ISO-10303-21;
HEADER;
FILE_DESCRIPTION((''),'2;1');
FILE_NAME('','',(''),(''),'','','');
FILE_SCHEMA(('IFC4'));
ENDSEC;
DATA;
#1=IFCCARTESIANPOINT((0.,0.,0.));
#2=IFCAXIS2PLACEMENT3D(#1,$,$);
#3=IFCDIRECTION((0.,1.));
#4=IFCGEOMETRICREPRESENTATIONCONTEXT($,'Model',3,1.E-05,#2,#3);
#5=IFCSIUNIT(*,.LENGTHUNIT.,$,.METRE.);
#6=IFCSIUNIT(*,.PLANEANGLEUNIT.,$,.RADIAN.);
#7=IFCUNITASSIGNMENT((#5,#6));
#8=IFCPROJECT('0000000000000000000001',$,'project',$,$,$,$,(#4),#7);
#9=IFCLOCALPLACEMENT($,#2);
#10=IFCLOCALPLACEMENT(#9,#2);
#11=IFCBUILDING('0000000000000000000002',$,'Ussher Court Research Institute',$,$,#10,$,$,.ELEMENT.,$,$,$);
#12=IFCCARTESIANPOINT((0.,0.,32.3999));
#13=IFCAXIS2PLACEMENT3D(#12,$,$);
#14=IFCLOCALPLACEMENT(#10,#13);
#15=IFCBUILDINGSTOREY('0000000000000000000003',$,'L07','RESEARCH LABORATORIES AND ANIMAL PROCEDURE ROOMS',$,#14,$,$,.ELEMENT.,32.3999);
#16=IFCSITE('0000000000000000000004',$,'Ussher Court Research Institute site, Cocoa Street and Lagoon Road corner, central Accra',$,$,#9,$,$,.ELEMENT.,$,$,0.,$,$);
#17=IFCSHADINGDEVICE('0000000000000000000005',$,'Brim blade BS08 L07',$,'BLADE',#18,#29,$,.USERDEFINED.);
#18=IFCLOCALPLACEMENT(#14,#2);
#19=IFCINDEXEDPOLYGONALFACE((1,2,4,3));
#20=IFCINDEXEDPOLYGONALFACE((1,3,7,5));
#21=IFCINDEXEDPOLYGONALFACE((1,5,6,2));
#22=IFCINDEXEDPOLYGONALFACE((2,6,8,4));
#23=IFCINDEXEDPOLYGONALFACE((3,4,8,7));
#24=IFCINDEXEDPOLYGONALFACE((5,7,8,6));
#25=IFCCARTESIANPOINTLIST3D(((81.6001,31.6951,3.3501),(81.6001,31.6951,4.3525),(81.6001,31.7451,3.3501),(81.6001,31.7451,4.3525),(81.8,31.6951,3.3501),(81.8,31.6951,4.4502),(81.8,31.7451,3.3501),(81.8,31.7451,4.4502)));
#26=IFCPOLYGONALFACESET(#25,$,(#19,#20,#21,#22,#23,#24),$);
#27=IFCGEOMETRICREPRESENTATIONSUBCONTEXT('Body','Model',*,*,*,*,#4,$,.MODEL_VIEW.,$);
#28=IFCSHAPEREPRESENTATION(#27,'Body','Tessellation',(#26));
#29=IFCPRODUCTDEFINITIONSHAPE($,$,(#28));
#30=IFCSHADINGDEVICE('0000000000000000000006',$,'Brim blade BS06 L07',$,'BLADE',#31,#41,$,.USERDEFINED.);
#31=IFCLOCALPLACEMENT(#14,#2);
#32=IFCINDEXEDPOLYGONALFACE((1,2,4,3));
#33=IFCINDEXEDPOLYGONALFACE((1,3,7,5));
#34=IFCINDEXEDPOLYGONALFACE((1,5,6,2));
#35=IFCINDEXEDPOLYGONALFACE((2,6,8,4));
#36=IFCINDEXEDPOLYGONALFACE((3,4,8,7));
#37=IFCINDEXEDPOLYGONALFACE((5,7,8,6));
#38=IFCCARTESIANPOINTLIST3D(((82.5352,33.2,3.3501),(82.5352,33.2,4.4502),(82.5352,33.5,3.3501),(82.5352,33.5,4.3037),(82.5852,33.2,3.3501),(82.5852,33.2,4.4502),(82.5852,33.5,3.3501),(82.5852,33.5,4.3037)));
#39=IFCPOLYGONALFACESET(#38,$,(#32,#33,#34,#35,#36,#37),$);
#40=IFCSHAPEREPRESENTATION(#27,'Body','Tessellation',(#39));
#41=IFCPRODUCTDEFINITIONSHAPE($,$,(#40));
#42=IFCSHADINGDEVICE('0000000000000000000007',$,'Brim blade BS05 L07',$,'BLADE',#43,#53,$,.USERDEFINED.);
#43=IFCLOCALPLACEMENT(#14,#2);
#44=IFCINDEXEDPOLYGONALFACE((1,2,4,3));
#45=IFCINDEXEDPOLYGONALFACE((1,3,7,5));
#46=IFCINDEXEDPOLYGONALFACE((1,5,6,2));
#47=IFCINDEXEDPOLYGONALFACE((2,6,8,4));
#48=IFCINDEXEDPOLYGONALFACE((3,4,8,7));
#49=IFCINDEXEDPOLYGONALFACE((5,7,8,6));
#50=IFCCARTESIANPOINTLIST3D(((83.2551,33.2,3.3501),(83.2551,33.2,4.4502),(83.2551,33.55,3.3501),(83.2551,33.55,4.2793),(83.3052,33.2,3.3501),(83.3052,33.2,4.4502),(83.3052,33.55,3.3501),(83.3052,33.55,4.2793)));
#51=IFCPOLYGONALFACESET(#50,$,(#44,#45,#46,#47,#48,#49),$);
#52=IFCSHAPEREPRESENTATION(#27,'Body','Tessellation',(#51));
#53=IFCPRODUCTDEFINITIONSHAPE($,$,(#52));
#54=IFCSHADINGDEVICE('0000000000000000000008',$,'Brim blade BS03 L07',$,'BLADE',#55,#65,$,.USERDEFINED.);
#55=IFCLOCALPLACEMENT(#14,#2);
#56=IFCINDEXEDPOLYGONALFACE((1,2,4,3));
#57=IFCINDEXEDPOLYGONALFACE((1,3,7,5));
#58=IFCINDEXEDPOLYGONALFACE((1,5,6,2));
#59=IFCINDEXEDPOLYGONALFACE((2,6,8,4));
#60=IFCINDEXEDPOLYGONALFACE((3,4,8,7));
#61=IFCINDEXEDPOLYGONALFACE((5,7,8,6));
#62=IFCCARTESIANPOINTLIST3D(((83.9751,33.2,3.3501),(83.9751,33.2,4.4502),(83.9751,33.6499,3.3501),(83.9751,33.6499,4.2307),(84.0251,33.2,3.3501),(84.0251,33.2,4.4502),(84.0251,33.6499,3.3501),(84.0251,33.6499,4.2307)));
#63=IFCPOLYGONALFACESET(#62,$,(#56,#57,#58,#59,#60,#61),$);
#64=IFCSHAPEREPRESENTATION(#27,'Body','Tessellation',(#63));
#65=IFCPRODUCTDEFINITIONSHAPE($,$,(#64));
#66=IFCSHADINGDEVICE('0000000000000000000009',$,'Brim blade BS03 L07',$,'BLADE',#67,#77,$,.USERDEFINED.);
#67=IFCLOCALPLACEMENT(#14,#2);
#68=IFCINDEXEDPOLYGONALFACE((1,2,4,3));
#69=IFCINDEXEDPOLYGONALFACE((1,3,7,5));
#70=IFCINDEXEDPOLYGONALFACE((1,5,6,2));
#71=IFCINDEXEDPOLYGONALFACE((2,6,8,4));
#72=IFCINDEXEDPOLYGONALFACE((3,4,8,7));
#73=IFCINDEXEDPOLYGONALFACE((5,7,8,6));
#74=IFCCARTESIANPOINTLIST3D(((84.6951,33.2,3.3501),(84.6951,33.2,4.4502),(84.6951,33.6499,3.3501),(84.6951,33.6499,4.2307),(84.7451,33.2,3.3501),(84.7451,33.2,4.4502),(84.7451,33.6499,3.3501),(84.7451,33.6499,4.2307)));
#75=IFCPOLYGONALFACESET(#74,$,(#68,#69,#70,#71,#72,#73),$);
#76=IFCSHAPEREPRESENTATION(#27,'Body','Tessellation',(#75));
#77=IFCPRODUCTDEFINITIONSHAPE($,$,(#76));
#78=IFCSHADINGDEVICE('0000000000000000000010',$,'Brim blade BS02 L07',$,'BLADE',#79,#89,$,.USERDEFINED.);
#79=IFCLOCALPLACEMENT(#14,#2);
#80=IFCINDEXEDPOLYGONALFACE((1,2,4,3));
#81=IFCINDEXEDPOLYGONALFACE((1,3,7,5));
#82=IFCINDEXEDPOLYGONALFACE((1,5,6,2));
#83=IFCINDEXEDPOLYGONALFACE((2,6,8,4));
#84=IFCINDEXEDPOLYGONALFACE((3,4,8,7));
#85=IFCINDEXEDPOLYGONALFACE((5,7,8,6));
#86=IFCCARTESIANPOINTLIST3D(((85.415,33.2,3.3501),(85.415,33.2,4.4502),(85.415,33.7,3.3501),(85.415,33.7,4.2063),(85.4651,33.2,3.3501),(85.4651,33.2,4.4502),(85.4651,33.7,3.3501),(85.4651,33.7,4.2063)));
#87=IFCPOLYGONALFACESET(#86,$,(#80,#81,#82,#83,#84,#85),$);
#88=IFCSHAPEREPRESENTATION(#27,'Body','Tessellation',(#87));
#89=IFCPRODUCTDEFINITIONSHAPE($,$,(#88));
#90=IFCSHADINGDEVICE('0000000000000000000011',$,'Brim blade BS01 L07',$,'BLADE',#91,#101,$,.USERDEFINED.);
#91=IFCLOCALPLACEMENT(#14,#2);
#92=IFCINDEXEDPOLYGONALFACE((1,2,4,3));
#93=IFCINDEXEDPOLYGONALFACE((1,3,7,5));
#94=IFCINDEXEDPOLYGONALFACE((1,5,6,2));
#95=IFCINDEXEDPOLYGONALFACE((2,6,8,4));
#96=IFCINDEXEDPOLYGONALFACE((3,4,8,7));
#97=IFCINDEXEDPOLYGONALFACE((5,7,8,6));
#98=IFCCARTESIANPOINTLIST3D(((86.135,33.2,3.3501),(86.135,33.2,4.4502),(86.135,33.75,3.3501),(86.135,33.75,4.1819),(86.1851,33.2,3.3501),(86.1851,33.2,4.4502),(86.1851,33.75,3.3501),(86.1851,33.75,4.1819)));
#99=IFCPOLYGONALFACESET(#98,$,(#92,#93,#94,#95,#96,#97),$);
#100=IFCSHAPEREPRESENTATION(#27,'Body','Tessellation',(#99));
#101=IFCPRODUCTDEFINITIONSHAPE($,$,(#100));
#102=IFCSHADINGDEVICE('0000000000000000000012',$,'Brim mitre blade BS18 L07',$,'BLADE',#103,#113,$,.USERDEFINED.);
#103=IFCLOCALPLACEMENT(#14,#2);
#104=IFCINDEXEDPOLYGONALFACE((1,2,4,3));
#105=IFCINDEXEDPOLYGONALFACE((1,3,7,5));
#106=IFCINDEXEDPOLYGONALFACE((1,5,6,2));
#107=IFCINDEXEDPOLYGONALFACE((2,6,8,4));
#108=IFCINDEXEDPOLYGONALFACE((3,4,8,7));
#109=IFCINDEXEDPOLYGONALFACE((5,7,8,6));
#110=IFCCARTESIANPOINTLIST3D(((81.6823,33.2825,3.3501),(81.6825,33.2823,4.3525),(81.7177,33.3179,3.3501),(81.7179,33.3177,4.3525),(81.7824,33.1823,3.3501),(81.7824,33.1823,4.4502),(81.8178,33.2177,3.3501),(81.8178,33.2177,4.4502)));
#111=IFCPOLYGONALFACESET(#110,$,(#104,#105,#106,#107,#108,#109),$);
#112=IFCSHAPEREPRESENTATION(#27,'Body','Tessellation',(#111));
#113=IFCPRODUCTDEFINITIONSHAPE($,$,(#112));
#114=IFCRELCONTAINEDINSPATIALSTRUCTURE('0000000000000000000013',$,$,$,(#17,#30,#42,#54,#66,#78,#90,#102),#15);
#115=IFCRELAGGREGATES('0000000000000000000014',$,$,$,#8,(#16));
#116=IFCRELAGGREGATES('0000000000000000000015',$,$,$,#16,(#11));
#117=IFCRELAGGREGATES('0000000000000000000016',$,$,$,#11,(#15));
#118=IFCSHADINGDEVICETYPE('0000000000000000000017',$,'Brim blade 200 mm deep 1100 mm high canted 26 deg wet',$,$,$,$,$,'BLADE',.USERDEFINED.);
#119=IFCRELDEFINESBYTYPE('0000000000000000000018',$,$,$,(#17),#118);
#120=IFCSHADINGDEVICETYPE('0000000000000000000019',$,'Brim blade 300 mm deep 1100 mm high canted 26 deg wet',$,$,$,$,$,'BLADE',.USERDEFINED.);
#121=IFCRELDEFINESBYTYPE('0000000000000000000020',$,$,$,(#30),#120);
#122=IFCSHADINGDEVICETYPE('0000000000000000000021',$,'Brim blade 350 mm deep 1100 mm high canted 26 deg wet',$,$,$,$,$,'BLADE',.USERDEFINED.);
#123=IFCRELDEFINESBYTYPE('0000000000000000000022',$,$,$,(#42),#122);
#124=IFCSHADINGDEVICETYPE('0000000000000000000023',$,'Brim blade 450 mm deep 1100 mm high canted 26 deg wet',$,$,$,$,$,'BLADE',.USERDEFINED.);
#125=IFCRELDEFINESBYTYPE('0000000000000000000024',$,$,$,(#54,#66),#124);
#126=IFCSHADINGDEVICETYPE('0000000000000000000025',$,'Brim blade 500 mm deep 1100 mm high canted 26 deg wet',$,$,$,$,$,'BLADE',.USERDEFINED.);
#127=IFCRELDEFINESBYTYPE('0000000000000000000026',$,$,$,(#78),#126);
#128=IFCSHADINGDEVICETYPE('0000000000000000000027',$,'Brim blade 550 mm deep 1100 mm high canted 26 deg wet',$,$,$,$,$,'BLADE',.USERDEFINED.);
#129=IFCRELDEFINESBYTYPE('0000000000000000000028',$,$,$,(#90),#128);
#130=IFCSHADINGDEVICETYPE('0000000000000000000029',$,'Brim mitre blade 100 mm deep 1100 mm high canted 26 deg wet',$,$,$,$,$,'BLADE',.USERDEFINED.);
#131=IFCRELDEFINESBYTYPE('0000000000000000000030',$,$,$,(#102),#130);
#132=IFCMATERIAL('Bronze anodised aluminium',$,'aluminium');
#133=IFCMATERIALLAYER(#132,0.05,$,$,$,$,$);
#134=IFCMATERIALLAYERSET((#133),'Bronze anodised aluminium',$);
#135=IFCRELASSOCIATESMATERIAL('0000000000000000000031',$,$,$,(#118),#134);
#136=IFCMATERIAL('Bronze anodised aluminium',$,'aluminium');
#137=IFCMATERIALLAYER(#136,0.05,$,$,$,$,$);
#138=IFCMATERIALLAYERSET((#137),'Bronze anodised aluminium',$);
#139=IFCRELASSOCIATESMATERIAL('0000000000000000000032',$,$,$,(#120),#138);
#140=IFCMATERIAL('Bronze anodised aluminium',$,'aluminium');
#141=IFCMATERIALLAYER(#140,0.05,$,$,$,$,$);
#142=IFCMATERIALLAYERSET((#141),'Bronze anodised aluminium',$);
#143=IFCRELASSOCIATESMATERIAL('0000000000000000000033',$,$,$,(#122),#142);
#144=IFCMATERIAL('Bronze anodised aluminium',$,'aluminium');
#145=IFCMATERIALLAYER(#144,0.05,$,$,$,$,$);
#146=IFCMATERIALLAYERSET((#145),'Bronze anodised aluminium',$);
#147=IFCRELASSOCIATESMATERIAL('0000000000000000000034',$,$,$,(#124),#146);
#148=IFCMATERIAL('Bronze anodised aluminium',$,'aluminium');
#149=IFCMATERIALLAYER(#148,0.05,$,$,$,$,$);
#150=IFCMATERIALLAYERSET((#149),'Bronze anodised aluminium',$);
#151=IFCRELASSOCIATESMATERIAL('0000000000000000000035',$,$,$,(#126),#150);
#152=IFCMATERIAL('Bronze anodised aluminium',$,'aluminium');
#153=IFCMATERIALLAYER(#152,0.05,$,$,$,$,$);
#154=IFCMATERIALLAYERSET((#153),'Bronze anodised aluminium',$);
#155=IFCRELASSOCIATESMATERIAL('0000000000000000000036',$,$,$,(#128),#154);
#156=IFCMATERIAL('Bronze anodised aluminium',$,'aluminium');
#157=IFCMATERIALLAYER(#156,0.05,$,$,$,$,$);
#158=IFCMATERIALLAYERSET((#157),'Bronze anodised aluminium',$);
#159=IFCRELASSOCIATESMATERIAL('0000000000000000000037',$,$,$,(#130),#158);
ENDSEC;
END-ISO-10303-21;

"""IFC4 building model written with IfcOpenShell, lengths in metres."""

from ifc_helpers import new_model, si_unit, direction, frame, origin, place, context, subcontext, project, spatial, polyline, outline, extrude, material, layer, layer_set, type_object, element, save


model = new_model("IFC4")

# Units and contexts
model_context = context("Model", 3, precision=1e-05, world=origin(), true_north=direction((0.0, 1.0)))
body_context = subcontext(model_context, "Body", "Model", "MODEL_VIEW")
ifc_project = project(units=[si_unit("LENGTHUNIT", "METRE"), si_unit("PLANEANGLEUNIT", "RADIAN")], contexts=[model_context])

# Site, building, storey
site_placement = place(None, origin())
site = spatial("IfcSite", under=ifc_project, at=site_placement, Name="Ussher Court Research Institute site, Cocoa Street and Lagoon Road corner, central Accra", CompositionType="ELEMENT", RefElevation=0.0)
building_placement = place(site_placement, origin())
building = spatial("IfcBuilding", under=site, at=building_placement, Name="Ussher Court Research Institute", CompositionType="ELEMENT")
storey_placement = place(building_placement, frame((0.0, 0.0, 32.3999)))
storey = spatial("IfcBuildingStorey", under=building, at=storey_placement, Name="L07", Description="RESEARCH LABORATORIES AND ANIMAL PROCEDURE ROOMS", CompositionType="ELEMENT", Elevation=32.3999)

# Shading devices
ifc_material_1 = material(Name="Bronze anodised aluminium", Category="aluminium")
ifc_layer_1 = layer(ifc_material_1, 0.05)
ifc_layer_set_1 = layer_set([ifc_layer_1], Name="Bronze anodised aluminium")
shading_device_type_1 = type_object("IfcShadingDeviceType", Name="Brim blade 200 mm deep 1100 mm high canted 26 deg wet", ElementType="BLADE", PredefinedType="USERDEFINED", material=ifc_layer_set_1)
shading_device_1_placement = place(storey_placement, frame((81.8, 31.72, 3.3501), z_axis=(0.0, 0.0, 1.0), x_axis=(-1.0, 0.0, 0.0)))
element("IfcShadingDevice", 1, at=shading_device_1_placement, inside=storey, type_object=shading_device_type_1, Name="Brim blade BS08 L07", ObjectType="BLADE", PredefinedType="USERDEFINED", context=body_context, shape_type="SweptSolid", body=[
    extrude(outline(polyline([(0.0, 0.0), (0.2, 0.0), (0.2, 1.0024), (0.0, 1.1001), (0.0, 0.0)])), frame((0.0, 0.0249, 0.0), z_axis=(0.0, -1.0, 0.0), x_axis=(1.0, 0.0, 0.0)), (0.0, 0.0, 1.0), 0.05),
])
ifc_material_2 = material(Name="Bronze anodised aluminium", Category="aluminium")
ifc_layer_2 = layer(ifc_material_2, 0.05)
ifc_layer_set_2 = layer_set([ifc_layer_2], Name="Bronze anodised aluminium")
shading_device_type_2 = type_object("IfcShadingDeviceType", Name="Brim blade 300 mm deep 1100 mm high canted 26 deg wet", ElementType="BLADE", PredefinedType="USERDEFINED", material=ifc_layer_set_2)
shading_device_2_placement = place(storey_placement, frame((82.5601, 33.2, 3.3501), z_axis=(0.0, 0.0, 1.0), x_axis=(0.0, 1.0, 0.0)))
element("IfcShadingDevice", 2, at=shading_device_2_placement, inside=storey, type_object=shading_device_type_2, Name="Brim blade BS06 L07", ObjectType="BLADE", PredefinedType="USERDEFINED", context=body_context, shape_type="SweptSolid", body=[
    extrude(outline(polyline([(0.0, 0.0), (0.3, 0.0), (0.3, 0.9536), (0.0, 1.1001), (0.0, 0.0)])), frame((0.0, 0.0249, 0.0), z_axis=(0.0, -1.0, 0.0), x_axis=(1.0, 0.0, 0.0)), (0.0, 0.0, 1.0), 0.05),
])
ifc_material_3 = material(Name="Bronze anodised aluminium", Category="aluminium")
ifc_layer_3 = layer(ifc_material_3, 0.05)
ifc_layer_set_3 = layer_set([ifc_layer_3], Name="Bronze anodised aluminium")
shading_device_type_3 = type_object("IfcShadingDeviceType", Name="Brim blade 350 mm deep 1100 mm high canted 26 deg wet", ElementType="BLADE", PredefinedType="USERDEFINED", material=ifc_layer_set_3)
shading_device_3_placement = place(storey_placement, frame((83.28, 33.2, 3.3501), z_axis=(0.0, 0.0, 1.0), x_axis=(0.0, 1.0, 0.0)))
element("IfcShadingDevice", 3, at=shading_device_3_placement, inside=storey, type_object=shading_device_type_3, Name="Brim blade BS05 L07", ObjectType="BLADE", PredefinedType="USERDEFINED", context=body_context, shape_type="SweptSolid", body=[
    extrude(outline(polyline([(0.0, 0.0), (0.3501, 0.0), (0.3501, 0.9292), (0.0, 1.1001), (0.0, 0.0)])), frame((0.0, 0.0249, 0.0), z_axis=(0.0, -1.0, 0.0), x_axis=(1.0, 0.0, 0.0)), (0.0, 0.0, 1.0), 0.05),
])
ifc_material_4 = material(Name="Bronze anodised aluminium", Category="aluminium")
ifc_layer_4 = layer(ifc_material_4, 0.05)
ifc_layer_set_4 = layer_set([ifc_layer_4], Name="Bronze anodised aluminium")
shading_device_type_4 = type_object("IfcShadingDeviceType", Name="Brim blade 450 mm deep 1100 mm high canted 26 deg wet", ElementType="BLADE", PredefinedType="USERDEFINED", material=ifc_layer_set_4)
for number, where, z_axis, x_axis, name in (
    (4, (84.0, 33.2, 3.3501), (0.0, 0.0, 1.0), (0.0, 1.0, 0.0), "Brim blade BS03 L07"),
    (5, (84.72, 33.2, 3.3501), (0.0, 0.0, 1.0), (0.0, 1.0, 0.0), "Brim blade BS03 L07"),
):
    element("IfcShadingDevice", number, at=place(storey_placement, frame(where, z_axis=z_axis, x_axis=x_axis)), inside=storey, type_object=shading_device_type_4, Name=name, ObjectType="BLADE", PredefinedType="USERDEFINED", context=body_context, shape_type="SweptSolid", body=[
        extrude(outline(polyline([(0.0, 0.0), (0.45, 0.0), (0.45, 0.8806), (0.0, 1.1001), (0.0, 0.0)])), frame((0.0, 0.0249, 0.0), z_axis=(0.0, -1.0, 0.0), x_axis=(1.0, 0.0, 0.0)), (0.0, 0.0, 1.0), 0.05),
    ])
ifc_material_5 = material(Name="Bronze anodised aluminium", Category="aluminium")
ifc_layer_5 = layer(ifc_material_5, 0.05)
ifc_layer_set_5 = layer_set([ifc_layer_5], Name="Bronze anodised aluminium")
shading_device_type_5 = type_object("IfcShadingDeviceType", Name="Brim blade 500 mm deep 1100 mm high canted 26 deg wet", ElementType="BLADE", PredefinedType="USERDEFINED", material=ifc_layer_set_5)
shading_device_4_placement = place(storey_placement, frame((85.4399, 33.2, 3.3501), z_axis=(0.0, 0.0, 1.0), x_axis=(0.0, 1.0, 0.0)))
element("IfcShadingDevice", 6, at=shading_device_4_placement, inside=storey, type_object=shading_device_type_5, Name="Brim blade BS02 L07", ObjectType="BLADE", PredefinedType="USERDEFINED", context=body_context, shape_type="SweptSolid", body=[
    extrude(outline(polyline([(0.0, 0.0), (0.5, 0.0), (0.5, 0.8562), (0.0, 1.1001), (0.0, 0.0)])), frame((0.0, 0.0249, 0.0), z_axis=(0.0, -1.0, 0.0), x_axis=(1.0, 0.0, 0.0)), (0.0, 0.0, 1.0), 0.05),
])
ifc_material_6 = material(Name="Bronze anodised aluminium", Category="aluminium")
ifc_layer_6 = layer(ifc_material_6, 0.05)
ifc_layer_set_6 = layer_set([ifc_layer_6], Name="Bronze anodised aluminium")
shading_device_type_6 = type_object("IfcShadingDeviceType", Name="Brim blade 550 mm deep 1100 mm high canted 26 deg wet", ElementType="BLADE", PredefinedType="USERDEFINED", material=ifc_layer_set_6)
shading_device_5_placement = place(storey_placement, frame((86.1599, 33.2, 3.3501), z_axis=(0.0, 0.0, 1.0), x_axis=(0.0, 1.0, 0.0)))
element("IfcShadingDevice", 7, at=shading_device_5_placement, inside=storey, type_object=shading_device_type_6, Name="Brim blade BS01 L07", ObjectType="BLADE", PredefinedType="USERDEFINED", context=body_context, shape_type="SweptSolid", body=[
    extrude(outline(polyline([(0.0, 0.0), (0.55, 0.0), (0.55, 0.8318), (0.0, 1.1001), (0.0, 0.0)])), frame((0.0, 0.0249, 0.0), z_axis=(0.0, -1.0, 0.0), x_axis=(1.0, 0.0, 0.0)), (0.0, 0.0, 1.0), 0.05),
])
ifc_material_7 = material(Name="Bronze anodised aluminium", Category="aluminium")
ifc_layer_7 = layer(ifc_material_7, 0.05)
ifc_layer_set_7 = layer_set([ifc_layer_7], Name="Bronze anodised aluminium")
shading_device_type_7 = type_object("IfcShadingDeviceType", Name="Brim mitre blade 100 mm deep 1100 mm high canted 26 deg wet", ElementType="BLADE", PredefinedType="USERDEFINED", material=ifc_layer_set_7)
shading_device_6_placement = place(storey_placement, frame((81.8, 33.2, 3.3501), z_axis=(0.0, 0.0, 1.0), x_axis=(-0.707107, 0.707107, 0.0)))
element("IfcShadingDevice", 8, at=shading_device_6_placement, inside=storey, type_object=shading_device_type_7, Name="Brim mitre blade BS18 L07", ObjectType="BLADE", PredefinedType="USERDEFINED", context=body_context, shape_type="SweptSolid", body=[
    extrude(outline(polyline([(0.0, 0.0), (0.1416, 0.0), (0.1414, 1.0024), (0.0, 1.1001), (0.0, 0.0)])), frame((0.0, 0.0249, 0.0), z_axis=(0.0, -1.0, 0.0), x_axis=(1.0, 0.0, 0.0)), (0.0, 0.0, 1.0), 0.05),
])

save(model, "model.ifc")
